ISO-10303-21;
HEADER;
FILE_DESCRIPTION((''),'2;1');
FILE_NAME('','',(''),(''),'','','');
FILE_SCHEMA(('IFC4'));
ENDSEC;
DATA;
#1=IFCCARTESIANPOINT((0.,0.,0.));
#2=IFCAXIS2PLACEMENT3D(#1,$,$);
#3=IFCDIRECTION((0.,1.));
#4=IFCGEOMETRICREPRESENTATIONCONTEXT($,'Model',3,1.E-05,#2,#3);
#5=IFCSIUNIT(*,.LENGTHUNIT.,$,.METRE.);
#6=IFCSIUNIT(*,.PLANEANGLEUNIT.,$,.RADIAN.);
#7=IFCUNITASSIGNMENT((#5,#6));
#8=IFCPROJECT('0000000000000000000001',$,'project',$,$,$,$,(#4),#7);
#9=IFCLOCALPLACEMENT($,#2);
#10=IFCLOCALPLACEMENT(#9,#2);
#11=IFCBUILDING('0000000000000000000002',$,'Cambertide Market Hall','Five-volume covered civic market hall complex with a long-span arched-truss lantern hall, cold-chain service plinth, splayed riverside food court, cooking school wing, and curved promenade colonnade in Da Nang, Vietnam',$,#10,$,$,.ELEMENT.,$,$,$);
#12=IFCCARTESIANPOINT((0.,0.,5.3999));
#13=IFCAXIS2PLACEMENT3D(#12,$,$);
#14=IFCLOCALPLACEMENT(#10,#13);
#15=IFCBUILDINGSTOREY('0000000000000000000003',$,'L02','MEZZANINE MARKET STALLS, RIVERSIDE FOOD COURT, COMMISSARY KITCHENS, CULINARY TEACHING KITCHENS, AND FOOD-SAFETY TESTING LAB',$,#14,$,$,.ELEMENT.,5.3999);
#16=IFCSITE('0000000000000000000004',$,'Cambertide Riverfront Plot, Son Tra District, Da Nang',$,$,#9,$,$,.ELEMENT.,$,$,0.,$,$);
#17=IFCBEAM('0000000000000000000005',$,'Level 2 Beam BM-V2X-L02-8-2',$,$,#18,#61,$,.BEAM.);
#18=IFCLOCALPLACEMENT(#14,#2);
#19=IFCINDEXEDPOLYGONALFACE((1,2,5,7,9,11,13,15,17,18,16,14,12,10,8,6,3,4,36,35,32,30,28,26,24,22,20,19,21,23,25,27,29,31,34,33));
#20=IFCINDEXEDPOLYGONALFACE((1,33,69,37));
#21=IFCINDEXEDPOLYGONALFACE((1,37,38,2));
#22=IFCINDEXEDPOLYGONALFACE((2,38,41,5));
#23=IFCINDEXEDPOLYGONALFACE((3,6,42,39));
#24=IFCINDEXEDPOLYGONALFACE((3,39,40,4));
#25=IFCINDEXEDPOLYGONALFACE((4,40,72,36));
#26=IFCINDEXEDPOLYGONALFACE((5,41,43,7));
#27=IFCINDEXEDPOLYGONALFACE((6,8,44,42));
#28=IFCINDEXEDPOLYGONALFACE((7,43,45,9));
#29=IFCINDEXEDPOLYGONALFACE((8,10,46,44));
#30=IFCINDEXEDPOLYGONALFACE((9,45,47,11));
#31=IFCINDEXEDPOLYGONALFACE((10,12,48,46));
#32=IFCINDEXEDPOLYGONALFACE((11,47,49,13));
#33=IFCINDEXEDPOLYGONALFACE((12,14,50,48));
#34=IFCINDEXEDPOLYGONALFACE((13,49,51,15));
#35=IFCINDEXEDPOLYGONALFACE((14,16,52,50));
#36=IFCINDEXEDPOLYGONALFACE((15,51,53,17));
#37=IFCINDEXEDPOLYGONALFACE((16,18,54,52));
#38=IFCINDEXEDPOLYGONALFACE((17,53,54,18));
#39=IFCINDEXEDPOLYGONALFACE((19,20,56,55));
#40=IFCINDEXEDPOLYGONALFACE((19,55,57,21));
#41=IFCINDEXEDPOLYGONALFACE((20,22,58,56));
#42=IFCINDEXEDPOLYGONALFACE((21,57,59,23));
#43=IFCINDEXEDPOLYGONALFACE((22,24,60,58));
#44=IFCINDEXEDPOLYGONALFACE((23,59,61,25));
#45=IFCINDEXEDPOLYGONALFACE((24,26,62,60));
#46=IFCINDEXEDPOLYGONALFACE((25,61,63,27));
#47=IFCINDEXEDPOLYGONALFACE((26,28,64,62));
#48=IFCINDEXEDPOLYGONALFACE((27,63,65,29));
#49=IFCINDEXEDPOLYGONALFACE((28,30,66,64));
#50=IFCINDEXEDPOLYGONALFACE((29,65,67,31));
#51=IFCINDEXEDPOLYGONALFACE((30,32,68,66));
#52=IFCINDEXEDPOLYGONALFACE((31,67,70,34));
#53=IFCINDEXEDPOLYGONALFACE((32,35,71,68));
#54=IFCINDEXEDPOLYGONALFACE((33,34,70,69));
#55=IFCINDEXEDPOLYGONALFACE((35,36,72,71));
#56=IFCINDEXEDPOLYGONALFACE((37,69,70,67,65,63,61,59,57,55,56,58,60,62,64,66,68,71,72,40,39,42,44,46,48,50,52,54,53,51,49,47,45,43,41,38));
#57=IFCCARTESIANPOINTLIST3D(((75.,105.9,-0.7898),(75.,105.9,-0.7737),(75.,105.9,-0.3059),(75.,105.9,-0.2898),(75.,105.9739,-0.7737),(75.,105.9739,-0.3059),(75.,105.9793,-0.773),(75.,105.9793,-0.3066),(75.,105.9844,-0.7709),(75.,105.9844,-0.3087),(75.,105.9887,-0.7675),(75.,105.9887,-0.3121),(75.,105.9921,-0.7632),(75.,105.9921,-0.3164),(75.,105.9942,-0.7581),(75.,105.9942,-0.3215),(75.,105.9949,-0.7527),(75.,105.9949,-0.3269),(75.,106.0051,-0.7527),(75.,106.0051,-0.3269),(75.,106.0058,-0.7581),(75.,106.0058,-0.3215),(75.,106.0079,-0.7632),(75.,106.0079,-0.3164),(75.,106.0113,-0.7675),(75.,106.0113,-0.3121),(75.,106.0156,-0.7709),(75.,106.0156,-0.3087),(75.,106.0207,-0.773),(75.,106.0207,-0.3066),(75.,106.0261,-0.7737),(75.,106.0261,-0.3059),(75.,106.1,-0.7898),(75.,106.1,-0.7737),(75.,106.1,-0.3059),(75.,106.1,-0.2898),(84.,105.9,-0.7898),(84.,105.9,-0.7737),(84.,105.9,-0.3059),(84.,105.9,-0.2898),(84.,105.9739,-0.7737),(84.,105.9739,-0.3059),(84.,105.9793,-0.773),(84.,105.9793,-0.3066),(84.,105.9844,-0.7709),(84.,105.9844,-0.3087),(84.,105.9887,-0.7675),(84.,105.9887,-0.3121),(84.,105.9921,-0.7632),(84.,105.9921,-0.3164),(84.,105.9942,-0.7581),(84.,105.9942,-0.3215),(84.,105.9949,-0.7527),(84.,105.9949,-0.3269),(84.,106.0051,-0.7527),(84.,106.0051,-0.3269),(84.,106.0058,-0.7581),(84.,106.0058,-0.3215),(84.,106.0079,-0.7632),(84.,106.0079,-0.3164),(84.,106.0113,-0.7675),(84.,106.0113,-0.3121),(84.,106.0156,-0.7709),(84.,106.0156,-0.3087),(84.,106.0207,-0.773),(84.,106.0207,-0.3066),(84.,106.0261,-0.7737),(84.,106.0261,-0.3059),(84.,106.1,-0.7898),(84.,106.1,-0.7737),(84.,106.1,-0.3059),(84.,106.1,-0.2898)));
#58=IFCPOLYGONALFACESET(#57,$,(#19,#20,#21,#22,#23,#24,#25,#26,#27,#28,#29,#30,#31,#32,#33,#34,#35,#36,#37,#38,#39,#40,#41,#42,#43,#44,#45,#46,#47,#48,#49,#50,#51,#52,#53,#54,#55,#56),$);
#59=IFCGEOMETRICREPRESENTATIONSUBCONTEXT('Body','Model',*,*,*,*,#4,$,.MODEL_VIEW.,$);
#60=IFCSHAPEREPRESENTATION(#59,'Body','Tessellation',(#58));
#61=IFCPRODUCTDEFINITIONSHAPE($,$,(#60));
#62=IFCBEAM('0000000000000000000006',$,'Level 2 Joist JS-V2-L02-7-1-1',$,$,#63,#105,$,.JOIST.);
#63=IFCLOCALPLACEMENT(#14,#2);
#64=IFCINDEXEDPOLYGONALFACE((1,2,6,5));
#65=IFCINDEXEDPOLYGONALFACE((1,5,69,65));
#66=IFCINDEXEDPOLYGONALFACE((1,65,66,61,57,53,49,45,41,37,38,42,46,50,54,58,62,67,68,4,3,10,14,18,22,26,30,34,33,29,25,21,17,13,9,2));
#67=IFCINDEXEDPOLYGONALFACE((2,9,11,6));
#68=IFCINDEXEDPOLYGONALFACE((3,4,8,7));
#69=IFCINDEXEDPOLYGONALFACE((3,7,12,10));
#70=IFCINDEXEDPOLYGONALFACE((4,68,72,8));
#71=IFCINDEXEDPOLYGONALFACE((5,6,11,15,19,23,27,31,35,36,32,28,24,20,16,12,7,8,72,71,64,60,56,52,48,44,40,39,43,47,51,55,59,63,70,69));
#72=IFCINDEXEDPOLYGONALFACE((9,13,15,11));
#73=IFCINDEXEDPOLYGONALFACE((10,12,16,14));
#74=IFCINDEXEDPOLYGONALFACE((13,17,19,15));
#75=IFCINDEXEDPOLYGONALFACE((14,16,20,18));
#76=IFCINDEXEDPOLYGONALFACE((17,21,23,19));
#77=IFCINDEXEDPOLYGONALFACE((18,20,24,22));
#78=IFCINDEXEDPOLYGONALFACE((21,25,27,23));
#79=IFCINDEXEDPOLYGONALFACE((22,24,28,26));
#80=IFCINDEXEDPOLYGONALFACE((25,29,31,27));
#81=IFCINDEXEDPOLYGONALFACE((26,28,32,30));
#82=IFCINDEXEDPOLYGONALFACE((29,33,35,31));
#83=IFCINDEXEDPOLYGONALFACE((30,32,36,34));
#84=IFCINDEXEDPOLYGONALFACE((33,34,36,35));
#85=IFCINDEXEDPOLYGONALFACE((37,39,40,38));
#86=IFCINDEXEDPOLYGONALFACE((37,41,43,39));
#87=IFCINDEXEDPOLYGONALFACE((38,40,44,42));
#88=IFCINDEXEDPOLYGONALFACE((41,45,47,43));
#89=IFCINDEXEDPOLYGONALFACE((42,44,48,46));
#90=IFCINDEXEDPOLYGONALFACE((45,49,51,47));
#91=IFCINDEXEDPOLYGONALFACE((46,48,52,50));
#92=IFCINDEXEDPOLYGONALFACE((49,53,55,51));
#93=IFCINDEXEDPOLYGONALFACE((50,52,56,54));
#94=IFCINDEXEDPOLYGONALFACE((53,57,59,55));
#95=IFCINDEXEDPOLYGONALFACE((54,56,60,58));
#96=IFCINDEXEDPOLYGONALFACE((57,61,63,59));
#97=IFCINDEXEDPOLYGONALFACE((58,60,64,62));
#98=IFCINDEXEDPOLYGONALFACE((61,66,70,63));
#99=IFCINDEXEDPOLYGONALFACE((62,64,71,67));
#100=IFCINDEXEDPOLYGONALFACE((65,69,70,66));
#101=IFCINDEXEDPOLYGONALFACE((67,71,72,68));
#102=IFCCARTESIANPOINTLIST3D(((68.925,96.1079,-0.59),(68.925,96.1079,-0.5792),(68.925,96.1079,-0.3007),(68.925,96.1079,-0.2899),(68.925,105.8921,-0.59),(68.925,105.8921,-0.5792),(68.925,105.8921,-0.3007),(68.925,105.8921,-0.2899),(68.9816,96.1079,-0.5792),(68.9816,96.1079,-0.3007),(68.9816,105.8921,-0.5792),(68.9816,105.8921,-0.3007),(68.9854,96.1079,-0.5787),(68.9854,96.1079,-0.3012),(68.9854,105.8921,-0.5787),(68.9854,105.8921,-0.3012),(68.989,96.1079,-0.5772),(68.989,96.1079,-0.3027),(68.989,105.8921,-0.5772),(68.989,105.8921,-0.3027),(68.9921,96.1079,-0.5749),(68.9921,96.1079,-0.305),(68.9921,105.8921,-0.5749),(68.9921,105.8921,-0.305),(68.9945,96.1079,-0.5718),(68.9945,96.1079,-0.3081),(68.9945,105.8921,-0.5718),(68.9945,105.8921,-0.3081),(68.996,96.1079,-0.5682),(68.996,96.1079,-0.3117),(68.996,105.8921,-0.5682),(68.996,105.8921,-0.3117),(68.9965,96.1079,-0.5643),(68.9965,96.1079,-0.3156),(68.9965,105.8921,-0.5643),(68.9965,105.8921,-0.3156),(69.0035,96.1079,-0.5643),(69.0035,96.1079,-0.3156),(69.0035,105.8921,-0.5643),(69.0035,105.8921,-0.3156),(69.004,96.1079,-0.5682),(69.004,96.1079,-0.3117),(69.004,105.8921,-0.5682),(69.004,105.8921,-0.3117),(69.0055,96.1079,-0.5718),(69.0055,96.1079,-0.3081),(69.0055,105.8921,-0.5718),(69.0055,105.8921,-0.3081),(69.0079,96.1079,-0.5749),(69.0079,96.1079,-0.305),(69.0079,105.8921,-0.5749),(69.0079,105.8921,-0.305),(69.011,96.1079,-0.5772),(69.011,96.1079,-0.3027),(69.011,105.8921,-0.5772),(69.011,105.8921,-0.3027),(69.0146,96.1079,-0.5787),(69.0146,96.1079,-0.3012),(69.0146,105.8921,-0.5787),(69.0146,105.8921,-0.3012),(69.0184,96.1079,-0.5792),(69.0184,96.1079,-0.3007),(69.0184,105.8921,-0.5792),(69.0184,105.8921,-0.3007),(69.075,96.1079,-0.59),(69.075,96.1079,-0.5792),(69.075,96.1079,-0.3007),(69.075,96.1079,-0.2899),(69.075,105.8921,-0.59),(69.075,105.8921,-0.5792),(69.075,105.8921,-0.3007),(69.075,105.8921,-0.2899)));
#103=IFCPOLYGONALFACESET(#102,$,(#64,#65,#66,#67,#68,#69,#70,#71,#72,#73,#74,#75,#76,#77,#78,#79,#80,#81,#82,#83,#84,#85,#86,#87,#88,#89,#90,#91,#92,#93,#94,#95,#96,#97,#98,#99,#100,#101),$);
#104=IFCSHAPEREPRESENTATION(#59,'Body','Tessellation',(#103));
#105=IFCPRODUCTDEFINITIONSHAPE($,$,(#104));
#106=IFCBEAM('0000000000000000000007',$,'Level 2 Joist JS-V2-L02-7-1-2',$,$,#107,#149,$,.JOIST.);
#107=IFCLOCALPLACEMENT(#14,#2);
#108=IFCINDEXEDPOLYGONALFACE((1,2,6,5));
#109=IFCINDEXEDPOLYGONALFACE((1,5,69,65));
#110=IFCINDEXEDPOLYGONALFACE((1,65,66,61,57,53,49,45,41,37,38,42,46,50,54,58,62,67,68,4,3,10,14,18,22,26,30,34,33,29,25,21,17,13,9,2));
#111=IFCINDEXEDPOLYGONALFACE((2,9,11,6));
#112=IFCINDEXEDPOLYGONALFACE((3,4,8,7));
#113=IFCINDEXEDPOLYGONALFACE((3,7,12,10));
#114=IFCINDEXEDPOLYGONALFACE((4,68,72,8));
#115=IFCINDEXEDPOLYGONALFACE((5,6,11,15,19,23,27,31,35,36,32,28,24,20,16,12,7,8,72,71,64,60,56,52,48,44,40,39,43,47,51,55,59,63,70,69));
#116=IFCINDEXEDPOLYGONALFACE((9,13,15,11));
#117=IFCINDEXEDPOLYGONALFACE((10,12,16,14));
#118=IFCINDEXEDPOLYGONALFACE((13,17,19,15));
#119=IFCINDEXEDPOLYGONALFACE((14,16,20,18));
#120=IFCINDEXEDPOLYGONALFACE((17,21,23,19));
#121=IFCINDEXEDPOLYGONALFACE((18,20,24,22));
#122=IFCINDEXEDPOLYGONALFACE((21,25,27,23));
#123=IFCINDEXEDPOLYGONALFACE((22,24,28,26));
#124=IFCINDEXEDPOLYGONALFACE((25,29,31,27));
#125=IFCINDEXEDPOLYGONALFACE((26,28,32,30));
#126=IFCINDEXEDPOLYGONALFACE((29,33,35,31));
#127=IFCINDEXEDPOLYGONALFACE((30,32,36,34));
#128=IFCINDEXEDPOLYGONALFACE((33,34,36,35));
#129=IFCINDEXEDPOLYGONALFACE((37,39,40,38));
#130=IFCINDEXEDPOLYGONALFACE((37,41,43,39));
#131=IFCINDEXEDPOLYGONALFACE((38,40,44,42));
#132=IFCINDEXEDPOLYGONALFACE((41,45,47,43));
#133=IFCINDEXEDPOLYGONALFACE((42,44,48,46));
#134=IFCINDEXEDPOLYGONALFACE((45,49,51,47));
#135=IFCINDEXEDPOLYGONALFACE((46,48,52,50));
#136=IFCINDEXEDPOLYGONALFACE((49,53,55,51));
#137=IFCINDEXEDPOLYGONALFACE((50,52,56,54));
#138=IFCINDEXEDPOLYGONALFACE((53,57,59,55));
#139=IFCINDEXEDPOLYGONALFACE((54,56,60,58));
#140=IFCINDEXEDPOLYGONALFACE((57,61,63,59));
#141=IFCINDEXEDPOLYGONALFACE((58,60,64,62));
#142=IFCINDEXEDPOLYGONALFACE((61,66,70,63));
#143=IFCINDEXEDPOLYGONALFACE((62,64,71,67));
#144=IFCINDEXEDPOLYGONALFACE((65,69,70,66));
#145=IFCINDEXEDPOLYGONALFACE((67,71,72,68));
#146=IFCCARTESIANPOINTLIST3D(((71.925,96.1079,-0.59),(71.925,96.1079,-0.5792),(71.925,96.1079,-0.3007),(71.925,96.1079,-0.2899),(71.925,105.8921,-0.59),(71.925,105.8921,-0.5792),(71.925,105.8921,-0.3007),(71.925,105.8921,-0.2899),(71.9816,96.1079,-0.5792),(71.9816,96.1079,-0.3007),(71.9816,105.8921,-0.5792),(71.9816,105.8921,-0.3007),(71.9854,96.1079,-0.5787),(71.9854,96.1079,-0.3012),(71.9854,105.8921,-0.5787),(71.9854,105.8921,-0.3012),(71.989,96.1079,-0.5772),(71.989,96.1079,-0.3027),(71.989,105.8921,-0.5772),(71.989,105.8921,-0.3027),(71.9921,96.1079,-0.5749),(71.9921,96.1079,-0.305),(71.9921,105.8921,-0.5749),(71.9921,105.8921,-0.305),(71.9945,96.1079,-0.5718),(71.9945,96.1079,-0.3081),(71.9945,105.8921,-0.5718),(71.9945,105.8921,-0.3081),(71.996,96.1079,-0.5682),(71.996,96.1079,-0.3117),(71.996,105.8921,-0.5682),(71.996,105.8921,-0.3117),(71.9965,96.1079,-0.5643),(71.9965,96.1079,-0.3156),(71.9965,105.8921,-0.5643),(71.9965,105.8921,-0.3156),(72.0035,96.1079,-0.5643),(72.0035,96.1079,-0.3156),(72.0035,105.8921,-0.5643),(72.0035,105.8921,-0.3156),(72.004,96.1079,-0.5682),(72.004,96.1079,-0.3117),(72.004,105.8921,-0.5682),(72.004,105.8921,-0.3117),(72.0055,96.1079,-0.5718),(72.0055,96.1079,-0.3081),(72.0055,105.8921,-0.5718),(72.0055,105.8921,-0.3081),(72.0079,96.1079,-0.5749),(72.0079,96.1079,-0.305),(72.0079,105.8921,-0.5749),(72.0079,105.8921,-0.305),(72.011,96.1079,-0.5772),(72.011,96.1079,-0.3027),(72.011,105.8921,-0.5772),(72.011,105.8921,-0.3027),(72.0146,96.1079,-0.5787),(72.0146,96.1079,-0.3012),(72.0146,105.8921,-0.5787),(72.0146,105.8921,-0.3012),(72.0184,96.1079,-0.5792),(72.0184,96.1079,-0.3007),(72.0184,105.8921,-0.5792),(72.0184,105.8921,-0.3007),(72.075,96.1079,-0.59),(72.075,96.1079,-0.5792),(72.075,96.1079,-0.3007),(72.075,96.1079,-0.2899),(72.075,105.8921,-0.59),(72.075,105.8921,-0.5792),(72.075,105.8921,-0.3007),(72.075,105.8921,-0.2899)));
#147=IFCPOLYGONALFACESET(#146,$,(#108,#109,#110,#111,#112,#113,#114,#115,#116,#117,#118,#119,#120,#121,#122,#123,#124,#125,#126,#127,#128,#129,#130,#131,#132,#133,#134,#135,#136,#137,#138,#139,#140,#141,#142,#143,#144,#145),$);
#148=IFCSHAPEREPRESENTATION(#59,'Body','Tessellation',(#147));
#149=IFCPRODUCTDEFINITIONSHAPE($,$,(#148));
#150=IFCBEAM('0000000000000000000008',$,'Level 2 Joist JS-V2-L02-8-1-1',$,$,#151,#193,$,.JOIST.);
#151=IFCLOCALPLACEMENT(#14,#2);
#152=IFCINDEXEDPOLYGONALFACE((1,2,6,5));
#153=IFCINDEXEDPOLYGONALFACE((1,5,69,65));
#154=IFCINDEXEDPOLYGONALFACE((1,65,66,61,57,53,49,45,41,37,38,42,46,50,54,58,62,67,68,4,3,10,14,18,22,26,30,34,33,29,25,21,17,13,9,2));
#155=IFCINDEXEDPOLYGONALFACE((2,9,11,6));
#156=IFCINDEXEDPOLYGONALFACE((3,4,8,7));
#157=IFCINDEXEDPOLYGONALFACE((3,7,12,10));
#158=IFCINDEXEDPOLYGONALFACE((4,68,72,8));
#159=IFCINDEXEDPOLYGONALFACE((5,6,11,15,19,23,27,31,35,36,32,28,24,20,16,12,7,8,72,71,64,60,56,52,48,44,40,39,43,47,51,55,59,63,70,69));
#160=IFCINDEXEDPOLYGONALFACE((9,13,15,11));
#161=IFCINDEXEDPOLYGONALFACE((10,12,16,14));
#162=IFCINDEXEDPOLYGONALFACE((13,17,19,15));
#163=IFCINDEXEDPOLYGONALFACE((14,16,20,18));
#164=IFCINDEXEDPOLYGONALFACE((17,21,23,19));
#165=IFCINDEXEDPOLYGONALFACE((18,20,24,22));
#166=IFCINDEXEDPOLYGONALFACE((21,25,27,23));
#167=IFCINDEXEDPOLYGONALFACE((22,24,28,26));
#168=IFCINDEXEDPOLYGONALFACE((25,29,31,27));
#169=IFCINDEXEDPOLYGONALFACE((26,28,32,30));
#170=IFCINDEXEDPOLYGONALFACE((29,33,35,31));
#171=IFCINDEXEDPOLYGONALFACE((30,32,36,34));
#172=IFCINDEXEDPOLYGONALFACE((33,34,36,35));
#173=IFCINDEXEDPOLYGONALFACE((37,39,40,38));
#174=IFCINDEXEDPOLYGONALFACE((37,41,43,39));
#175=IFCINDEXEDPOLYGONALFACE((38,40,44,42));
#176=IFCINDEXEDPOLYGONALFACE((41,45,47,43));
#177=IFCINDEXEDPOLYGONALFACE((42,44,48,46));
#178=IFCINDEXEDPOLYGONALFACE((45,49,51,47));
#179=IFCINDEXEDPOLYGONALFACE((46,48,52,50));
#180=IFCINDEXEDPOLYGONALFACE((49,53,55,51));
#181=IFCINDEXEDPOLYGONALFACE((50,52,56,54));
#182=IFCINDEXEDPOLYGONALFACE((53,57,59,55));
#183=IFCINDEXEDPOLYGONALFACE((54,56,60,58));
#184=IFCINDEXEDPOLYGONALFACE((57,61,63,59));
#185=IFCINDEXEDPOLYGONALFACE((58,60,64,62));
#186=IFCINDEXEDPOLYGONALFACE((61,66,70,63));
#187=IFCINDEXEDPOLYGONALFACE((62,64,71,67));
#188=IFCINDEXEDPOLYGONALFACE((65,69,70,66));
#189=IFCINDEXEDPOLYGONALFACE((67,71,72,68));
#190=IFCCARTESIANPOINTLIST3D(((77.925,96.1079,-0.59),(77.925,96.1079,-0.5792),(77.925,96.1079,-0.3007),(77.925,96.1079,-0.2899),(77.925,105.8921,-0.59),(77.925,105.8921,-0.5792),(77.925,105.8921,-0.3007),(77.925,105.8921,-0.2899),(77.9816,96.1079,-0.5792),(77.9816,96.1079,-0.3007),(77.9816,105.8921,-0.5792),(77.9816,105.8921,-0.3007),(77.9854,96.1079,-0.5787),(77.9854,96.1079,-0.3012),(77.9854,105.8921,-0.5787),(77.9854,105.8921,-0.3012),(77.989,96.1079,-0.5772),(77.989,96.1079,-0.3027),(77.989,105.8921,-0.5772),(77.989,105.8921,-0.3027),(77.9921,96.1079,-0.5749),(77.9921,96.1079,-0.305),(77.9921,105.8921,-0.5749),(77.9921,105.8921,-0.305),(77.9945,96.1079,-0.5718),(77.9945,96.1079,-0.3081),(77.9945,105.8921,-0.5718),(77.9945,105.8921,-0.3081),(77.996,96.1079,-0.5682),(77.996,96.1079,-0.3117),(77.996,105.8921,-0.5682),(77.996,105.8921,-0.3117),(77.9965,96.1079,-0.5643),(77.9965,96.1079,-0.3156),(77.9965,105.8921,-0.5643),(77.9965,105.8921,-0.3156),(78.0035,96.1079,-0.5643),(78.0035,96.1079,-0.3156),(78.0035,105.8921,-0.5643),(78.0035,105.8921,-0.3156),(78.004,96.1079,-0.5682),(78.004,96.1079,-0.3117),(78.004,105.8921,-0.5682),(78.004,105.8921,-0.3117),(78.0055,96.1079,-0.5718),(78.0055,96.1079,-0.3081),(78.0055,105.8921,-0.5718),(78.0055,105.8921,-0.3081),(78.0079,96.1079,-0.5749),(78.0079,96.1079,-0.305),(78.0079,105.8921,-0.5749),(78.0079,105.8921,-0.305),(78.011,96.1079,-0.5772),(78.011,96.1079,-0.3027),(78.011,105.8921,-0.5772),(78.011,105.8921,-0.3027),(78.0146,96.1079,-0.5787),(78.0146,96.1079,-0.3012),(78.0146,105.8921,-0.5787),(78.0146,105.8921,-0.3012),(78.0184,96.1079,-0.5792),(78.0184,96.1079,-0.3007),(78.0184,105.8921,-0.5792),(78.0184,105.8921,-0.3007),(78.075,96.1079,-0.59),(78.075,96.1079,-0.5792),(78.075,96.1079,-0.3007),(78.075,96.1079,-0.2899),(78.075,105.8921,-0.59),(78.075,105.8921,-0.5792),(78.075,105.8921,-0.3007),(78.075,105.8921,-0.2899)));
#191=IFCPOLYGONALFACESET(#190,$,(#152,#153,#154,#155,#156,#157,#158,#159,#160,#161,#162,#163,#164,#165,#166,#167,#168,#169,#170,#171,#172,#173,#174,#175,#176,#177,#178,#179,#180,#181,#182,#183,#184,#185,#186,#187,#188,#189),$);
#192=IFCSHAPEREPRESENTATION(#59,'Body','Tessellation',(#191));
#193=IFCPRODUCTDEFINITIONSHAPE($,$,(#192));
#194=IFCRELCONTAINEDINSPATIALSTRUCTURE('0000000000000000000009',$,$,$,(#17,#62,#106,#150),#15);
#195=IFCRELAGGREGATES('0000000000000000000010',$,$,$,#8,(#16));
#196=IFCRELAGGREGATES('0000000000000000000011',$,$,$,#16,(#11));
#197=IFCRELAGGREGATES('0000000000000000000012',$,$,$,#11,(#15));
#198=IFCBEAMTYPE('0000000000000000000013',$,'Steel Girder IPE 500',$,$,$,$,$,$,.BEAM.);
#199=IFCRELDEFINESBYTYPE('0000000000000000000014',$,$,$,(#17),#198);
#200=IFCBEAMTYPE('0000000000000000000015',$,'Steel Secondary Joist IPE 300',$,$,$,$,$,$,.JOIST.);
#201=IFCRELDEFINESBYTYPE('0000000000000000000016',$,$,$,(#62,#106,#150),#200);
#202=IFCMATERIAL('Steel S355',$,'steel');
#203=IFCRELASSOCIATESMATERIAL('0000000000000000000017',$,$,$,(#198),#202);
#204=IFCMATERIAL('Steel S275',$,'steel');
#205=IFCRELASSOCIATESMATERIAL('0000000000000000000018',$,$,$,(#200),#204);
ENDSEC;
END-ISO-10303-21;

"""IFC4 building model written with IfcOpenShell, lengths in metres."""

from ifc_helpers import new_model, si_unit, direction, frame, origin, origin_2d, place, context, subcontext, project, spatial, i_section, extrude, material, material_profile, profile_set, type_object, element, save


model = new_model("IFC4")

# Units and contexts
model_context = context("Model", 3, precision=1e-05, world=origin(), true_north=direction((0.0, 1.0)))
body_context = subcontext(model_context, "Body", "Model", "MODEL_VIEW")
ifc_project = project(units=[si_unit("LENGTHUNIT", "METRE"), si_unit("PLANEANGLEUNIT", "RADIAN")], contexts=[model_context])

# Site, building, storey
site_placement = place(None, origin())
site = spatial("IfcSite", under=ifc_project, at=site_placement, Name="Cambertide Riverfront Plot, Son Tra District, Da Nang", CompositionType="ELEMENT", RefElevation=0.0)
building_placement = place(site_placement, origin())
building = spatial("IfcBuilding", under=site, at=building_placement, Name="Cambertide Market Hall", Description="Five-volume covered civic market hall complex with a long-span arched-truss lantern hall, cold-chain service plinth, splayed riverside food court, cooking school wing, and curved promenade colonnade in Da Nang, Vietnam", CompositionType="ELEMENT")
storey_placement = place(building_placement, frame((0.0, 0.0, 5.3999)))
storey = spatial("IfcBuildingStorey", under=building, at=storey_placement, Name="L02", Description="MEZZANINE MARKET STALLS, RIVERSIDE FOOD COURT, COMMISSARY KITCHENS, CULINARY TEACHING KITCHENS, AND FOOD-SAFETY TESTING LAB", CompositionType="ELEMENT", Elevation=5.3999)

# Beams
ifc_material_1 = material(Name="Steel S355", Category="steel")
ifc_material_profile_1 = material_profile(ifc_material_1, i_section(OverallWidth=0.2, OverallDepth=0.5, WebThickness=0.0103, FlangeThickness=0.0161, FilletRadius=0.021, at=origin_2d()), Name="IPE 500")
ifc_profile_set_1 = profile_set([ifc_material_profile_1], Name="Steel S355")
beam_type_1 = type_object("IfcBeamType", Name="Steel Girder IPE 500", PredefinedType="BEAM", material=ifc_profile_set_1)
for number, where, z_axis, x_axis, name in (
    (1, (75.0, 106.0, -0.5398), (1.0, 0.0, 0.0), (0.0, 1.0, 0.0), "Level 2 Beam BM-V2X-L02-8-2"),
):
    element("IfcBeam", number, at=place(storey_placement, frame(where, z_axis=z_axis, x_axis=x_axis)), inside=storey, type_object=beam_type_1, Name=name, PredefinedType="BEAM", context=body_context, shape_type="SweptSolid", body=[
        extrude(i_section(OverallWidth=0.2, OverallDepth=0.5, WebThickness=0.0103, FlangeThickness=0.0161, FilletRadius=0.021, at=origin_2d()), origin(), (0.0, 0.0, 1.0), 9.0),
    ])
ifc_material_2 = material(Name="Steel S275", Category="steel")
ifc_material_profile_2 = material_profile(ifc_material_2, i_section(OverallWidth=0.1499, OverallDepth=0.3, WebThickness=0.0071, FlangeThickness=0.0107, FilletRadius=0.0149, at=origin_2d()), Name="IPE 300")
ifc_profile_set_2 = profile_set([ifc_material_profile_2], Name="Steel S275")
beam_type_2 = type_object("IfcBeamType", Name="Steel Secondary Joist IPE 300", PredefinedType="JOIST", material=ifc_profile_set_2)
for number, where, z_axis, x_axis, name in (
    (2, (69.0, 96.1079, -0.4399), (0.0, 1.0, 0.0), (-1.0, 0.0, 0.0), "Level 2 Joist JS-V2-L02-7-1-1"),
    (3, (72.0, 96.1079, -0.4399), (0.0, 1.0, 0.0), (-1.0, 0.0, 0.0), "Level 2 Joist JS-V2-L02-7-1-2"),
    (4, (78.0, 96.1079, -0.4399), (0.0, 1.0, 0.0), (-1.0, 0.0, 0.0), "Level 2 Joist JS-V2-L02-8-1-1"),
):
    element("IfcBeam", number, at=place(storey_placement, frame(where, z_axis=z_axis, x_axis=x_axis)), inside=storey, type_object=beam_type_2, Name=name, PredefinedType="JOIST", context=body_context, shape_type="SweptSolid", body=[
        extrude(i_section(OverallWidth=0.1499, OverallDepth=0.3, WebThickness=0.0071, FlangeThickness=0.0107, FilletRadius=0.0149, at=origin_2d()), origin(), (0.0, 0.0, 1.0), 9.7842),
    ])

save(model, "model.ifc")
